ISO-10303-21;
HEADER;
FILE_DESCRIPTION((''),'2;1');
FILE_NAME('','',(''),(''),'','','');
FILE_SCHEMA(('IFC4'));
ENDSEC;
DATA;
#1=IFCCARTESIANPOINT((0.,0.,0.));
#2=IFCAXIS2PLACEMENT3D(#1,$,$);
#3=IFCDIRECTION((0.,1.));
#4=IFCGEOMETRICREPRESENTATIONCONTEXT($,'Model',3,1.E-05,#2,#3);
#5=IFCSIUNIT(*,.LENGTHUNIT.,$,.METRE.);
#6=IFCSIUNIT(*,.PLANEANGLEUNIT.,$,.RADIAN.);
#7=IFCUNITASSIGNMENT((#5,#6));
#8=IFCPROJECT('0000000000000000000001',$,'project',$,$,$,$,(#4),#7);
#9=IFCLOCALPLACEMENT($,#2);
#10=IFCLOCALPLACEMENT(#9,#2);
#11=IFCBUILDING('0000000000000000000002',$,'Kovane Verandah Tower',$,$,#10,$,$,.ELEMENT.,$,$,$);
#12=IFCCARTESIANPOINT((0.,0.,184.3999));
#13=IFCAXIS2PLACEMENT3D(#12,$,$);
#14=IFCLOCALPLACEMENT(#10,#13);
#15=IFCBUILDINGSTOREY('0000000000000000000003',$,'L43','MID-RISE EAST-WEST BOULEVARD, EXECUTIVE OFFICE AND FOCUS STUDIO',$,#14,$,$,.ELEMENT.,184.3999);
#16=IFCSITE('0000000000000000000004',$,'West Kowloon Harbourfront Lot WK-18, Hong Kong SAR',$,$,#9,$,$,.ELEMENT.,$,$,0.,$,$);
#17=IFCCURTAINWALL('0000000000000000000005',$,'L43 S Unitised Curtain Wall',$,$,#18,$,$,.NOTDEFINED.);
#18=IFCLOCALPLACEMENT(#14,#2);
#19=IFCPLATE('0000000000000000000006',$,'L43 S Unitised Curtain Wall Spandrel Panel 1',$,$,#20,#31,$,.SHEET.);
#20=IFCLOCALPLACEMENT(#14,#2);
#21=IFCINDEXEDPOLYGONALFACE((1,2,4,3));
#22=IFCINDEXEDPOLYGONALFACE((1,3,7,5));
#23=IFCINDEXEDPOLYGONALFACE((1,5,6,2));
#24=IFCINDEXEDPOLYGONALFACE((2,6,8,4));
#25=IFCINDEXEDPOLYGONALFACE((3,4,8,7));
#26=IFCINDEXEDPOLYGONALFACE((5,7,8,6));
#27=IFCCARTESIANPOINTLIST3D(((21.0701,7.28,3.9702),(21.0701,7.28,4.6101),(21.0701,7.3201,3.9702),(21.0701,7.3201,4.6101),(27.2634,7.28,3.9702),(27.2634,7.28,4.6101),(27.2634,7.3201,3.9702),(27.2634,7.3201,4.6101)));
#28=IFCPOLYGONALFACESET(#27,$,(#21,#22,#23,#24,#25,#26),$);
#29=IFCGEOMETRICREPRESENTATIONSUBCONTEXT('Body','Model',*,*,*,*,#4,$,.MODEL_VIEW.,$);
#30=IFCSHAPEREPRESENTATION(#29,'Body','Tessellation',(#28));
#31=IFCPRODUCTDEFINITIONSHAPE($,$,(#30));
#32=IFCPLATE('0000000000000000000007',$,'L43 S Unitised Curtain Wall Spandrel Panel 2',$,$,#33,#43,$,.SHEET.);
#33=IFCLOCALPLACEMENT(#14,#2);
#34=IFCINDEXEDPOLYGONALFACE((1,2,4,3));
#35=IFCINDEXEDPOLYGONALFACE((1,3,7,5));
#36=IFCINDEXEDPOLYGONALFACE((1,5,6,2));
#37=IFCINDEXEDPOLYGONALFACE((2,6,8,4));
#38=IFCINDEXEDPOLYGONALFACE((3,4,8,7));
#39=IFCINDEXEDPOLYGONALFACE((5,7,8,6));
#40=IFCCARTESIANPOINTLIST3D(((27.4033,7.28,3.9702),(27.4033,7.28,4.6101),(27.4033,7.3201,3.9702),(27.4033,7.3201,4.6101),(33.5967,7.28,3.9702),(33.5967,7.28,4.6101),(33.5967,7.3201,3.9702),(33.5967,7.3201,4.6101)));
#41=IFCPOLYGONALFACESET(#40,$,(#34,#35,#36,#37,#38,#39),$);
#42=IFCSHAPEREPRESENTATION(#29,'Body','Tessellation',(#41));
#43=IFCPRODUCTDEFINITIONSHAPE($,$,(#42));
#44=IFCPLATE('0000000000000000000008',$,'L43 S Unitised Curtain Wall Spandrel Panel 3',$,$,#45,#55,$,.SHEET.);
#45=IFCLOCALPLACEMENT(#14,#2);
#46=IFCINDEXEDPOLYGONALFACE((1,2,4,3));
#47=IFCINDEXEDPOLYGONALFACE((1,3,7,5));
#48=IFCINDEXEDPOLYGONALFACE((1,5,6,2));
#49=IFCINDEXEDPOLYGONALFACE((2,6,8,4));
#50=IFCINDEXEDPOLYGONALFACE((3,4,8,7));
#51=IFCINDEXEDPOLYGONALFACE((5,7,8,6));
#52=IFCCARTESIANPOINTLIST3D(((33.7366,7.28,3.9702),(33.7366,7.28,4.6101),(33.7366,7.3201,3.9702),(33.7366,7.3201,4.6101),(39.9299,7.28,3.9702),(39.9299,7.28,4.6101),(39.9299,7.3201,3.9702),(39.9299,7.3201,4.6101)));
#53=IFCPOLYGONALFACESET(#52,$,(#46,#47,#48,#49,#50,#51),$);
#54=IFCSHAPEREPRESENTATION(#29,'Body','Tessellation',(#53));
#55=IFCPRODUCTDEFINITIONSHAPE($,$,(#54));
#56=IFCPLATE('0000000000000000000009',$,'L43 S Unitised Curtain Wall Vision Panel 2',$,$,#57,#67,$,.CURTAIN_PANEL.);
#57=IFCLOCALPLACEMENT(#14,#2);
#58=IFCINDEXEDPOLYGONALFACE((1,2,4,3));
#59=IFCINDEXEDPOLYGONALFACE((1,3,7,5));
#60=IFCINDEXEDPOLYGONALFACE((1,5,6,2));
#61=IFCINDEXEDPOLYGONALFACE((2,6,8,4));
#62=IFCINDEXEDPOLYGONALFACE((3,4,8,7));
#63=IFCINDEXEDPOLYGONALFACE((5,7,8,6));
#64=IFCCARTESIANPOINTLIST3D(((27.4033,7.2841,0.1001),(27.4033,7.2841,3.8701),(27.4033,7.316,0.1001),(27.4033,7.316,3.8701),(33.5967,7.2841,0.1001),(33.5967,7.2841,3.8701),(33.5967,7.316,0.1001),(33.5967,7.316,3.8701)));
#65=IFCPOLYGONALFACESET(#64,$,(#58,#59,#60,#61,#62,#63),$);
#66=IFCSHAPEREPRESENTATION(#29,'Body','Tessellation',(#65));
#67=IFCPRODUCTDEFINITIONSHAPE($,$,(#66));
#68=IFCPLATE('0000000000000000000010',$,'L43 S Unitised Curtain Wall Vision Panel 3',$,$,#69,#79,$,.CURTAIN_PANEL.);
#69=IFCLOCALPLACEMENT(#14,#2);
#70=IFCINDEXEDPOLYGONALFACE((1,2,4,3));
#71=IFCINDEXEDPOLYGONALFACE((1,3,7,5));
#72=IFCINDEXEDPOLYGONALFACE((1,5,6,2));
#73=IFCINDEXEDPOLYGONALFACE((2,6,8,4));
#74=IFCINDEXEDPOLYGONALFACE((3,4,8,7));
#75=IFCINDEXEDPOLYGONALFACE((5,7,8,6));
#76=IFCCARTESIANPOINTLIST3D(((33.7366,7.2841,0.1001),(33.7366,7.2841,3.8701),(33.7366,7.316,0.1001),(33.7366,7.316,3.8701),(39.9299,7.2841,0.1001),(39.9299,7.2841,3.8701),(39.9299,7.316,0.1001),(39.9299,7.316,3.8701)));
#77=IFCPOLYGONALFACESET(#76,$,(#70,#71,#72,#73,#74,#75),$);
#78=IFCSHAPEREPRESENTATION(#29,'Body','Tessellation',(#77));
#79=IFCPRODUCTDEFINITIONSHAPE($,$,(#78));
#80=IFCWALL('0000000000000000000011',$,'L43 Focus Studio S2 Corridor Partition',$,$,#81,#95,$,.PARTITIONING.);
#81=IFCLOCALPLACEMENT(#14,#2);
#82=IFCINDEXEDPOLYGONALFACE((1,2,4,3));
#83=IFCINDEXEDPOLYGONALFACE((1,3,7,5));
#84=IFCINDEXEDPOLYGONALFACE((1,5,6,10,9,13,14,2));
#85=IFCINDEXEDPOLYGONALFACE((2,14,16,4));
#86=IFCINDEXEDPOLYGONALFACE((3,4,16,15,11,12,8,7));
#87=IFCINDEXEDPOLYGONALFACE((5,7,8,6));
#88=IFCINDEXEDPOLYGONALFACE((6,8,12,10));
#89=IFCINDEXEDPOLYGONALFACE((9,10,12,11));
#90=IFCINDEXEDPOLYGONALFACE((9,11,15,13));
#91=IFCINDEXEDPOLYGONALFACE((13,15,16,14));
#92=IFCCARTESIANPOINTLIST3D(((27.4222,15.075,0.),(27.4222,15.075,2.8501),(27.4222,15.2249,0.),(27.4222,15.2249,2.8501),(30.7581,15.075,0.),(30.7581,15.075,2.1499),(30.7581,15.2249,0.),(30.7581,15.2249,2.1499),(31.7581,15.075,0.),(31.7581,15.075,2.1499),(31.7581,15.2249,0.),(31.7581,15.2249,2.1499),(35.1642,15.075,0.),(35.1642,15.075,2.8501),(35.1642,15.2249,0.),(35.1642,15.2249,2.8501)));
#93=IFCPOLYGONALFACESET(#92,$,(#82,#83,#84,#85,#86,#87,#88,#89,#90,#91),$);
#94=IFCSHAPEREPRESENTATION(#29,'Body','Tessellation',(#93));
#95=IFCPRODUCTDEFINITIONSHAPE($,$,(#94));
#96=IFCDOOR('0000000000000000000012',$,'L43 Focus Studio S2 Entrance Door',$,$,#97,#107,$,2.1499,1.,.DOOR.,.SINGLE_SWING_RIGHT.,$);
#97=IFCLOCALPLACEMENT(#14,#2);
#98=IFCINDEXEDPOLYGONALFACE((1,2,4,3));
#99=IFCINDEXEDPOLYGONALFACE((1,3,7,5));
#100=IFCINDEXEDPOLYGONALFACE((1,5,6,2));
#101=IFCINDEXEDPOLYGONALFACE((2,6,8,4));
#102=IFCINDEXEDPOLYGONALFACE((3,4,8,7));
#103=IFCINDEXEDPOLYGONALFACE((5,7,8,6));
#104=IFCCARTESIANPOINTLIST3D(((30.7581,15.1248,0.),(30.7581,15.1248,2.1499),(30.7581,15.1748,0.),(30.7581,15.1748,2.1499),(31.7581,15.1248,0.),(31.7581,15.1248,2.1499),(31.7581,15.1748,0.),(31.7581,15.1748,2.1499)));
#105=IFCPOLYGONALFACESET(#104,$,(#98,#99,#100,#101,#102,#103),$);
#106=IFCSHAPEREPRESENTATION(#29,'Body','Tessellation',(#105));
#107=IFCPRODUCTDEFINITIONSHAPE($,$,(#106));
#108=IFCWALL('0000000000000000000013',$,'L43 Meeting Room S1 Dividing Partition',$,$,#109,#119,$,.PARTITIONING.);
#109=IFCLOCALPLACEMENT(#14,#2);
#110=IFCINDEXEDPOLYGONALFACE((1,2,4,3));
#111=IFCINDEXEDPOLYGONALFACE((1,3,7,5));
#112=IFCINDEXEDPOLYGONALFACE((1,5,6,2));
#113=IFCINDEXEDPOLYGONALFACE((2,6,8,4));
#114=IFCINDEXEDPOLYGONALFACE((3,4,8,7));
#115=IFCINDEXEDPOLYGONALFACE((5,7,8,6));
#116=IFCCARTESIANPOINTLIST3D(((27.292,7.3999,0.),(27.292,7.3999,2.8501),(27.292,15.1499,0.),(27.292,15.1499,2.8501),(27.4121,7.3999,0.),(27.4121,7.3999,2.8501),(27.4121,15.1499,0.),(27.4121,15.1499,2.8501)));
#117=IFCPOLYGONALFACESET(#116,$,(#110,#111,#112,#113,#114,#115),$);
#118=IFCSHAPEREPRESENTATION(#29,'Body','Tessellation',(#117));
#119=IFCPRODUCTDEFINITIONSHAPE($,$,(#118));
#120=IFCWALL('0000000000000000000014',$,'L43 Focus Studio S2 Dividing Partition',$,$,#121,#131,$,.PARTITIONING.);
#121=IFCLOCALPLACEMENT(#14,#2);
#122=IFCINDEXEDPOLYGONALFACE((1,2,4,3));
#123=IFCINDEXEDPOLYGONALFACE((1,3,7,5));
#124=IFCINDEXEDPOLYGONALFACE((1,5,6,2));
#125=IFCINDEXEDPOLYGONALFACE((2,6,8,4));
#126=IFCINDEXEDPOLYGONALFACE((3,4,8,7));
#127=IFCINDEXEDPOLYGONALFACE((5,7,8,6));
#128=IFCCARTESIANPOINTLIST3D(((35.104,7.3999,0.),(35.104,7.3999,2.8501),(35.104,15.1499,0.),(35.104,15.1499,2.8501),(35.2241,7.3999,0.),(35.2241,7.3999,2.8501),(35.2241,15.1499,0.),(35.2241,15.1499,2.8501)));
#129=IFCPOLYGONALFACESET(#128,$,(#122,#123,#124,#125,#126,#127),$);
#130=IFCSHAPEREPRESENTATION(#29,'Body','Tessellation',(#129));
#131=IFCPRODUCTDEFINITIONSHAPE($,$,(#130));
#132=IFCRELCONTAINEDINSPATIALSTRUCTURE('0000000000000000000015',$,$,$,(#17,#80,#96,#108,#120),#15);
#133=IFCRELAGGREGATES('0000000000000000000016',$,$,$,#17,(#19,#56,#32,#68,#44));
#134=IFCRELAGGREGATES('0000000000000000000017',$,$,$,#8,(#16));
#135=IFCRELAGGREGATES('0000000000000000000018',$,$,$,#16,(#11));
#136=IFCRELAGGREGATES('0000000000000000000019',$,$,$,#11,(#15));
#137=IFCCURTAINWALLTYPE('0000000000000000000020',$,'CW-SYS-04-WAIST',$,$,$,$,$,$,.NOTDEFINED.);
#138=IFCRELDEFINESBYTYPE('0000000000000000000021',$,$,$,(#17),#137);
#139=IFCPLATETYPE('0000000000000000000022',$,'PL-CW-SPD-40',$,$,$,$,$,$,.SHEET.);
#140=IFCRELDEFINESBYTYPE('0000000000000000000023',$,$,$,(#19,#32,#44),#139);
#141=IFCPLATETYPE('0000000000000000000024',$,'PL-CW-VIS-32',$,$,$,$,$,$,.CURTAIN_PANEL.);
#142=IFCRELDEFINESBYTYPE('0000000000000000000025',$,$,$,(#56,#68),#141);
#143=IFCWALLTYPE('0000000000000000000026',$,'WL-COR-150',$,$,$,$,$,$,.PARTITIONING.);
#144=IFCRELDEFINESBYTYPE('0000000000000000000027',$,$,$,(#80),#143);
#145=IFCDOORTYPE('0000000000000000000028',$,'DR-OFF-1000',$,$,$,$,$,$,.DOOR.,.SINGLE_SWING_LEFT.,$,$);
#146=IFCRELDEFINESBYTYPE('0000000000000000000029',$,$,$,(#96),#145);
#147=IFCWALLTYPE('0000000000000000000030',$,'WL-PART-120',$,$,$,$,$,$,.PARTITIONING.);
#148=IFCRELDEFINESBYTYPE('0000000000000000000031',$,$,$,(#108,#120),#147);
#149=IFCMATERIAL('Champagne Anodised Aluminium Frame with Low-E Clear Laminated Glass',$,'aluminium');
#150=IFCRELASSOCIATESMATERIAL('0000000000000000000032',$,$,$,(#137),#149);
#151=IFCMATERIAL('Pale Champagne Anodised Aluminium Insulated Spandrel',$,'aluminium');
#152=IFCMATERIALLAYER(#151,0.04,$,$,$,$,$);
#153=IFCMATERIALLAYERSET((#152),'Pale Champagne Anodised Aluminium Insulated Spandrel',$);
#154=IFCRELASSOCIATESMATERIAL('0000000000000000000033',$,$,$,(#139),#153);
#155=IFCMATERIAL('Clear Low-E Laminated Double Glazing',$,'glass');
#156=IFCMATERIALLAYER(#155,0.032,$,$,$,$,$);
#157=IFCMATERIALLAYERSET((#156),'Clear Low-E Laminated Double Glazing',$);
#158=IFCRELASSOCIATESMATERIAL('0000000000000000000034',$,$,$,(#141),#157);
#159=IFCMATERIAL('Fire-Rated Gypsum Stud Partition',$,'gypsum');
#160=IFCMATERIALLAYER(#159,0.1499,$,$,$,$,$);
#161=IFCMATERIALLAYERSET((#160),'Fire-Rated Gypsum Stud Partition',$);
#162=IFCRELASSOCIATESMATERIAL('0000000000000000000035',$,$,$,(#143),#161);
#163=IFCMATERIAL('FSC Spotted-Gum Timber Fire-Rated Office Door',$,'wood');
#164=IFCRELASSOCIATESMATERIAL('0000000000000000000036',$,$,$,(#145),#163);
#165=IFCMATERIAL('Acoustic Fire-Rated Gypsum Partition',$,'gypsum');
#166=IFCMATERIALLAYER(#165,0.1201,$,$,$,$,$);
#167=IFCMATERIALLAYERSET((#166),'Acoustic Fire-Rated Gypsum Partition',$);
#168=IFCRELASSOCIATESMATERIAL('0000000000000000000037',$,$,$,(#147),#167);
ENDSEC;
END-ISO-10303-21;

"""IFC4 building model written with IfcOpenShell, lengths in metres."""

from ifc_helpers import new_model, si_unit, direction, frame, frame_2d, origin, origin_2d, place, context, subcontext, project, spatial, rectangle, extrude, material, layer, layer_set, type_object, element, fill, aggregate, save


model = new_model("IFC4")

# Units and contexts
model_context = context("Model", 3, precision=1e-05, world=origin(), true_north=direction((0.0, 1.0)))
body_context = subcontext(model_context, "Body", "Model", "MODEL_VIEW")
ifc_project = project(units=[si_unit("LENGTHUNIT", "METRE"), si_unit("PLANEANGLEUNIT", "RADIAN")], contexts=[model_context])

# Site, building, storey
site_placement = place(None, origin())
site = spatial("IfcSite", under=ifc_project, at=site_placement, Name="West Kowloon Harbourfront Lot WK-18, Hong Kong SAR", CompositionType="ELEMENT", RefElevation=0.0)
building_placement = place(site_placement, origin())
building = spatial("IfcBuilding", under=site, at=building_placement, Name="Kovane Verandah Tower", CompositionType="ELEMENT")
storey_placement = place(building_placement, frame((0.0, 0.0, 184.3999)))
storey = spatial("IfcBuildingStorey", under=building, at=storey_placement, Name="L43", Description="MID-RISE EAST-WEST BOULEVARD, EXECUTIVE OFFICE AND FOCUS STUDIO", CompositionType="ELEMENT", Elevation=184.3999)

# Curtain wall, plates
ifc_material_1 = material(Name="Champagne Anodised Aluminium Frame with Low-E Clear Laminated Glass", Category="aluminium")
curtain_wall_type = type_object("IfcCurtainWallType", Name="CW-SYS-04-WAIST", PredefinedType="NOTDEFINED", material=ifc_material_1)
curtain_wall_placement = place(storey_placement, origin())
curtain_wall = element("IfcCurtainWall", 1, at=curtain_wall_placement, inside=storey, type_object=curtain_wall_type, Name="L43 S Unitised Curtain Wall", PredefinedType="NOTDEFINED")
ifc_material_2 = material(Name="Pale Champagne Anodised Aluminium Insulated Spandrel", Category="aluminium")
ifc_layer_1 = layer(ifc_material_2, 0.04)
ifc_layer_set_1 = layer_set([ifc_layer_1], Name="Pale Champagne Anodised Aluminium Insulated Spandrel")
plate_type_1 = type_object("IfcPlateType", Name="PL-CW-SPD-40", PredefinedType="SHEET", material=ifc_layer_set_1)
plate_1_placement = place(storey_placement, frame((24.1667, 7.3, 3.9702), z_axis=(0.0, 0.0, 1.0), x_axis=(1.0, 0.0, 0.0)))
plate_1 = element("IfcPlate", 2, at=plate_1_placement, type_object=plate_type_1, Name="L43 S Unitised Curtain Wall Spandrel Panel 1", PredefinedType="SHEET", context=body_context, shape_type="SweptSolid", body=[
    extrude(rectangle(XDim=6.1934, YDim=0.04, at=origin_2d()), origin(), (0.0, 0.0, 1.0), 0.6399),
])
plate_2_placement = place(storey_placement, frame((30.5, 7.3, 3.9702), z_axis=(0.0, 0.0, 1.0), x_axis=(1.0, 0.0, 0.0)))
plate_2 = element("IfcPlate", 3, at=plate_2_placement, type_object=plate_type_1, Name="L43 S Unitised Curtain Wall Spandrel Panel 2", PredefinedType="SHEET", context=body_context, shape_type="SweptSolid", body=[
    extrude(rectangle(XDim=6.1934, YDim=0.04, at=origin_2d()), origin(), (0.0, 0.0, 1.0), 0.6399),
])
plate_3_placement = place(storey_placement, frame((36.8333, 7.3, 3.9702), z_axis=(0.0, 0.0, 1.0), x_axis=(1.0, 0.0, 0.0)))
plate_3 = element("IfcPlate", 4, at=plate_3_placement, type_object=plate_type_1, Name="L43 S Unitised Curtain Wall Spandrel Panel 3", PredefinedType="SHEET", context=body_context, shape_type="SweptSolid", body=[
    extrude(rectangle(XDim=6.1934, YDim=0.04, at=origin_2d()), origin(), (0.0, 0.0, 1.0), 0.6399),
])
ifc_material_3 = material(Name="Clear Low-E Laminated Double Glazing", Category="glass")
ifc_layer_2 = layer(ifc_material_3, 0.032)
ifc_layer_set_2 = layer_set([ifc_layer_2], Name="Clear Low-E Laminated Double Glazing")
plate_type_2 = type_object("IfcPlateType", Name="PL-CW-VIS-32", PredefinedType="CURTAIN_PANEL", material=ifc_layer_set_2)
plate_4_placement = place(storey_placement, frame((30.5, 7.3, 0.1001), z_axis=(0.0, 0.0, 1.0), x_axis=(1.0, 0.0, 0.0)))
plate_4 = element("IfcPlate", 5, at=plate_4_placement, type_object=plate_type_2, Name="L43 S Unitised Curtain Wall Vision Panel 2", PredefinedType="CURTAIN_PANEL", context=body_context, shape_type="SweptSolid", body=[
    extrude(rectangle(XDim=6.1934, YDim=0.032, at=origin_2d()), origin(), (0.0, 0.0, 1.0), 3.77),
])
plate_5_placement = place(storey_placement, frame((36.8333, 7.3, 0.1001), z_axis=(0.0, 0.0, 1.0), x_axis=(1.0, 0.0, 0.0)))
plate_5 = element("IfcPlate", 6, at=plate_5_placement, type_object=plate_type_2, Name="L43 S Unitised Curtain Wall Vision Panel 3", PredefinedType="CURTAIN_PANEL", context=body_context, shape_type="SweptSolid", body=[
    extrude(rectangle(XDim=6.1934, YDim=0.032, at=origin_2d()), origin(), (0.0, 0.0, 1.0), 3.77),
])
aggregate(curtain_wall, [plate_1, plate_4, plate_2, plate_5, plate_3])

# Wall, opening, door
ifc_material_4 = material(Name="Fire-Rated Gypsum Stud Partition", Category="gypsum")
ifc_layer_3 = layer(ifc_material_4, 0.1499)
ifc_layer_set_3 = layer_set([ifc_layer_3], Name="Fire-Rated Gypsum Stud Partition")
wall_type_1 = type_object("IfcWallType", Name="WL-COR-150", PredefinedType="PARTITIONING", material=ifc_layer_set_3)
wall_placement = place(storey_placement, frame((27.4221, 15.1499, 0.0), z_axis=(0.0, 0.0, 1.0), x_axis=(1.0, 0.0, 0.0)))
wall = element("IfcWall", 7, at=wall_placement, inside=storey, type_object=wall_type_1, Name="L43 Focus Studio S2 Corridor Partition", PredefinedType="PARTITIONING", context=body_context, shape_type="SweptSolid", body=[
    extrude(rectangle(XDim=7.7419, YDim=0.1499, at=frame_2d((3.8711, 0.0))), origin(), (0.0, 0.0, 1.0), 2.8501),
])
opening_placement = place(wall_placement, frame((3.3359, 0.0, 0.0)))
opening = element("IfcOpeningElement", 8, at=opening_placement, cuts=wall, PredefinedType="OPENING", context=body_context, shape_type="SweptSolid", body=[
    extrude(rectangle(XDim=1.0, YDim=2.1499, at=frame_2d((0.5, 1.075))), frame((0.0, 0.075, 0.0), z_axis=(0.0, -1.0, 0.0), x_axis=(1.0, 0.0, 0.0)), (0.0, 0.0, 1.0), 0.1499),
])
ifc_material_5 = material(Name="FSC Spotted-Gum Timber Fire-Rated Office Door", Category="wood")
door_type = type_object("IfcDoorType", Name="DR-OFF-1000", OperationType="SINGLE_SWING_LEFT", PredefinedType="DOOR", material=ifc_material_5)
door_placement = place(opening_placement, origin())
door = element("IfcDoor", 9, at=door_placement, inside=storey, type_object=door_type, Name="L43 Focus Studio S2 Entrance Door", OperationType="SINGLE_SWING_RIGHT", OverallHeight=2.1499, OverallWidth=1.0, PredefinedType="DOOR", context=body_context, shape_type="SweptSolid", body=[
    extrude(rectangle(XDim=1.0, YDim=2.1499, at=frame_2d((0.5, 1.075))), frame((0.0, 0.0249, 0.0), z_axis=(0.0, -1.0, 0.0), x_axis=(1.0, 0.0, 0.0)), (0.0, 0.0, 1.0), 0.05),
])
fill(opening, door)

# Walls
ifc_material_6 = material(Name="Acoustic Fire-Rated Gypsum Partition", Category="gypsum")
ifc_layer_4 = layer(ifc_material_6, 0.1201)
ifc_layer_set_4 = layer_set([ifc_layer_4], Name="Acoustic Fire-Rated Gypsum Partition")
wall_type_2 = type_object("IfcWallType", Name="WL-PART-120", PredefinedType="PARTITIONING", material=ifc_layer_set_4)
for number, where, z_axis, x_axis, name in (
    (10, (27.3521, 7.3999, 0.0), (0.0, 0.0, 1.0), (0.0, 1.0, 0.0), "L43 Meeting Room S1 Dividing Partition"),
    (11, (35.1641, 7.3999, 0.0), (0.0, 0.0, 1.0), (0.0, 1.0, 0.0), "L43 Focus Studio S2 Dividing Partition"),
):
    element("IfcWall", number, at=place(storey_placement, frame(where, z_axis=z_axis, x_axis=x_axis)), inside=storey, type_object=wall_type_2, Name=name, PredefinedType="PARTITIONING", context=body_context, shape_type="SweptSolid", body=[
        extrude(rectangle(XDim=7.75, YDim=0.1201, at=frame_2d((3.875, 0.0))), origin(), (0.0, 0.0, 1.0), 2.8501),
    ])

save(model, "model.ifc")
